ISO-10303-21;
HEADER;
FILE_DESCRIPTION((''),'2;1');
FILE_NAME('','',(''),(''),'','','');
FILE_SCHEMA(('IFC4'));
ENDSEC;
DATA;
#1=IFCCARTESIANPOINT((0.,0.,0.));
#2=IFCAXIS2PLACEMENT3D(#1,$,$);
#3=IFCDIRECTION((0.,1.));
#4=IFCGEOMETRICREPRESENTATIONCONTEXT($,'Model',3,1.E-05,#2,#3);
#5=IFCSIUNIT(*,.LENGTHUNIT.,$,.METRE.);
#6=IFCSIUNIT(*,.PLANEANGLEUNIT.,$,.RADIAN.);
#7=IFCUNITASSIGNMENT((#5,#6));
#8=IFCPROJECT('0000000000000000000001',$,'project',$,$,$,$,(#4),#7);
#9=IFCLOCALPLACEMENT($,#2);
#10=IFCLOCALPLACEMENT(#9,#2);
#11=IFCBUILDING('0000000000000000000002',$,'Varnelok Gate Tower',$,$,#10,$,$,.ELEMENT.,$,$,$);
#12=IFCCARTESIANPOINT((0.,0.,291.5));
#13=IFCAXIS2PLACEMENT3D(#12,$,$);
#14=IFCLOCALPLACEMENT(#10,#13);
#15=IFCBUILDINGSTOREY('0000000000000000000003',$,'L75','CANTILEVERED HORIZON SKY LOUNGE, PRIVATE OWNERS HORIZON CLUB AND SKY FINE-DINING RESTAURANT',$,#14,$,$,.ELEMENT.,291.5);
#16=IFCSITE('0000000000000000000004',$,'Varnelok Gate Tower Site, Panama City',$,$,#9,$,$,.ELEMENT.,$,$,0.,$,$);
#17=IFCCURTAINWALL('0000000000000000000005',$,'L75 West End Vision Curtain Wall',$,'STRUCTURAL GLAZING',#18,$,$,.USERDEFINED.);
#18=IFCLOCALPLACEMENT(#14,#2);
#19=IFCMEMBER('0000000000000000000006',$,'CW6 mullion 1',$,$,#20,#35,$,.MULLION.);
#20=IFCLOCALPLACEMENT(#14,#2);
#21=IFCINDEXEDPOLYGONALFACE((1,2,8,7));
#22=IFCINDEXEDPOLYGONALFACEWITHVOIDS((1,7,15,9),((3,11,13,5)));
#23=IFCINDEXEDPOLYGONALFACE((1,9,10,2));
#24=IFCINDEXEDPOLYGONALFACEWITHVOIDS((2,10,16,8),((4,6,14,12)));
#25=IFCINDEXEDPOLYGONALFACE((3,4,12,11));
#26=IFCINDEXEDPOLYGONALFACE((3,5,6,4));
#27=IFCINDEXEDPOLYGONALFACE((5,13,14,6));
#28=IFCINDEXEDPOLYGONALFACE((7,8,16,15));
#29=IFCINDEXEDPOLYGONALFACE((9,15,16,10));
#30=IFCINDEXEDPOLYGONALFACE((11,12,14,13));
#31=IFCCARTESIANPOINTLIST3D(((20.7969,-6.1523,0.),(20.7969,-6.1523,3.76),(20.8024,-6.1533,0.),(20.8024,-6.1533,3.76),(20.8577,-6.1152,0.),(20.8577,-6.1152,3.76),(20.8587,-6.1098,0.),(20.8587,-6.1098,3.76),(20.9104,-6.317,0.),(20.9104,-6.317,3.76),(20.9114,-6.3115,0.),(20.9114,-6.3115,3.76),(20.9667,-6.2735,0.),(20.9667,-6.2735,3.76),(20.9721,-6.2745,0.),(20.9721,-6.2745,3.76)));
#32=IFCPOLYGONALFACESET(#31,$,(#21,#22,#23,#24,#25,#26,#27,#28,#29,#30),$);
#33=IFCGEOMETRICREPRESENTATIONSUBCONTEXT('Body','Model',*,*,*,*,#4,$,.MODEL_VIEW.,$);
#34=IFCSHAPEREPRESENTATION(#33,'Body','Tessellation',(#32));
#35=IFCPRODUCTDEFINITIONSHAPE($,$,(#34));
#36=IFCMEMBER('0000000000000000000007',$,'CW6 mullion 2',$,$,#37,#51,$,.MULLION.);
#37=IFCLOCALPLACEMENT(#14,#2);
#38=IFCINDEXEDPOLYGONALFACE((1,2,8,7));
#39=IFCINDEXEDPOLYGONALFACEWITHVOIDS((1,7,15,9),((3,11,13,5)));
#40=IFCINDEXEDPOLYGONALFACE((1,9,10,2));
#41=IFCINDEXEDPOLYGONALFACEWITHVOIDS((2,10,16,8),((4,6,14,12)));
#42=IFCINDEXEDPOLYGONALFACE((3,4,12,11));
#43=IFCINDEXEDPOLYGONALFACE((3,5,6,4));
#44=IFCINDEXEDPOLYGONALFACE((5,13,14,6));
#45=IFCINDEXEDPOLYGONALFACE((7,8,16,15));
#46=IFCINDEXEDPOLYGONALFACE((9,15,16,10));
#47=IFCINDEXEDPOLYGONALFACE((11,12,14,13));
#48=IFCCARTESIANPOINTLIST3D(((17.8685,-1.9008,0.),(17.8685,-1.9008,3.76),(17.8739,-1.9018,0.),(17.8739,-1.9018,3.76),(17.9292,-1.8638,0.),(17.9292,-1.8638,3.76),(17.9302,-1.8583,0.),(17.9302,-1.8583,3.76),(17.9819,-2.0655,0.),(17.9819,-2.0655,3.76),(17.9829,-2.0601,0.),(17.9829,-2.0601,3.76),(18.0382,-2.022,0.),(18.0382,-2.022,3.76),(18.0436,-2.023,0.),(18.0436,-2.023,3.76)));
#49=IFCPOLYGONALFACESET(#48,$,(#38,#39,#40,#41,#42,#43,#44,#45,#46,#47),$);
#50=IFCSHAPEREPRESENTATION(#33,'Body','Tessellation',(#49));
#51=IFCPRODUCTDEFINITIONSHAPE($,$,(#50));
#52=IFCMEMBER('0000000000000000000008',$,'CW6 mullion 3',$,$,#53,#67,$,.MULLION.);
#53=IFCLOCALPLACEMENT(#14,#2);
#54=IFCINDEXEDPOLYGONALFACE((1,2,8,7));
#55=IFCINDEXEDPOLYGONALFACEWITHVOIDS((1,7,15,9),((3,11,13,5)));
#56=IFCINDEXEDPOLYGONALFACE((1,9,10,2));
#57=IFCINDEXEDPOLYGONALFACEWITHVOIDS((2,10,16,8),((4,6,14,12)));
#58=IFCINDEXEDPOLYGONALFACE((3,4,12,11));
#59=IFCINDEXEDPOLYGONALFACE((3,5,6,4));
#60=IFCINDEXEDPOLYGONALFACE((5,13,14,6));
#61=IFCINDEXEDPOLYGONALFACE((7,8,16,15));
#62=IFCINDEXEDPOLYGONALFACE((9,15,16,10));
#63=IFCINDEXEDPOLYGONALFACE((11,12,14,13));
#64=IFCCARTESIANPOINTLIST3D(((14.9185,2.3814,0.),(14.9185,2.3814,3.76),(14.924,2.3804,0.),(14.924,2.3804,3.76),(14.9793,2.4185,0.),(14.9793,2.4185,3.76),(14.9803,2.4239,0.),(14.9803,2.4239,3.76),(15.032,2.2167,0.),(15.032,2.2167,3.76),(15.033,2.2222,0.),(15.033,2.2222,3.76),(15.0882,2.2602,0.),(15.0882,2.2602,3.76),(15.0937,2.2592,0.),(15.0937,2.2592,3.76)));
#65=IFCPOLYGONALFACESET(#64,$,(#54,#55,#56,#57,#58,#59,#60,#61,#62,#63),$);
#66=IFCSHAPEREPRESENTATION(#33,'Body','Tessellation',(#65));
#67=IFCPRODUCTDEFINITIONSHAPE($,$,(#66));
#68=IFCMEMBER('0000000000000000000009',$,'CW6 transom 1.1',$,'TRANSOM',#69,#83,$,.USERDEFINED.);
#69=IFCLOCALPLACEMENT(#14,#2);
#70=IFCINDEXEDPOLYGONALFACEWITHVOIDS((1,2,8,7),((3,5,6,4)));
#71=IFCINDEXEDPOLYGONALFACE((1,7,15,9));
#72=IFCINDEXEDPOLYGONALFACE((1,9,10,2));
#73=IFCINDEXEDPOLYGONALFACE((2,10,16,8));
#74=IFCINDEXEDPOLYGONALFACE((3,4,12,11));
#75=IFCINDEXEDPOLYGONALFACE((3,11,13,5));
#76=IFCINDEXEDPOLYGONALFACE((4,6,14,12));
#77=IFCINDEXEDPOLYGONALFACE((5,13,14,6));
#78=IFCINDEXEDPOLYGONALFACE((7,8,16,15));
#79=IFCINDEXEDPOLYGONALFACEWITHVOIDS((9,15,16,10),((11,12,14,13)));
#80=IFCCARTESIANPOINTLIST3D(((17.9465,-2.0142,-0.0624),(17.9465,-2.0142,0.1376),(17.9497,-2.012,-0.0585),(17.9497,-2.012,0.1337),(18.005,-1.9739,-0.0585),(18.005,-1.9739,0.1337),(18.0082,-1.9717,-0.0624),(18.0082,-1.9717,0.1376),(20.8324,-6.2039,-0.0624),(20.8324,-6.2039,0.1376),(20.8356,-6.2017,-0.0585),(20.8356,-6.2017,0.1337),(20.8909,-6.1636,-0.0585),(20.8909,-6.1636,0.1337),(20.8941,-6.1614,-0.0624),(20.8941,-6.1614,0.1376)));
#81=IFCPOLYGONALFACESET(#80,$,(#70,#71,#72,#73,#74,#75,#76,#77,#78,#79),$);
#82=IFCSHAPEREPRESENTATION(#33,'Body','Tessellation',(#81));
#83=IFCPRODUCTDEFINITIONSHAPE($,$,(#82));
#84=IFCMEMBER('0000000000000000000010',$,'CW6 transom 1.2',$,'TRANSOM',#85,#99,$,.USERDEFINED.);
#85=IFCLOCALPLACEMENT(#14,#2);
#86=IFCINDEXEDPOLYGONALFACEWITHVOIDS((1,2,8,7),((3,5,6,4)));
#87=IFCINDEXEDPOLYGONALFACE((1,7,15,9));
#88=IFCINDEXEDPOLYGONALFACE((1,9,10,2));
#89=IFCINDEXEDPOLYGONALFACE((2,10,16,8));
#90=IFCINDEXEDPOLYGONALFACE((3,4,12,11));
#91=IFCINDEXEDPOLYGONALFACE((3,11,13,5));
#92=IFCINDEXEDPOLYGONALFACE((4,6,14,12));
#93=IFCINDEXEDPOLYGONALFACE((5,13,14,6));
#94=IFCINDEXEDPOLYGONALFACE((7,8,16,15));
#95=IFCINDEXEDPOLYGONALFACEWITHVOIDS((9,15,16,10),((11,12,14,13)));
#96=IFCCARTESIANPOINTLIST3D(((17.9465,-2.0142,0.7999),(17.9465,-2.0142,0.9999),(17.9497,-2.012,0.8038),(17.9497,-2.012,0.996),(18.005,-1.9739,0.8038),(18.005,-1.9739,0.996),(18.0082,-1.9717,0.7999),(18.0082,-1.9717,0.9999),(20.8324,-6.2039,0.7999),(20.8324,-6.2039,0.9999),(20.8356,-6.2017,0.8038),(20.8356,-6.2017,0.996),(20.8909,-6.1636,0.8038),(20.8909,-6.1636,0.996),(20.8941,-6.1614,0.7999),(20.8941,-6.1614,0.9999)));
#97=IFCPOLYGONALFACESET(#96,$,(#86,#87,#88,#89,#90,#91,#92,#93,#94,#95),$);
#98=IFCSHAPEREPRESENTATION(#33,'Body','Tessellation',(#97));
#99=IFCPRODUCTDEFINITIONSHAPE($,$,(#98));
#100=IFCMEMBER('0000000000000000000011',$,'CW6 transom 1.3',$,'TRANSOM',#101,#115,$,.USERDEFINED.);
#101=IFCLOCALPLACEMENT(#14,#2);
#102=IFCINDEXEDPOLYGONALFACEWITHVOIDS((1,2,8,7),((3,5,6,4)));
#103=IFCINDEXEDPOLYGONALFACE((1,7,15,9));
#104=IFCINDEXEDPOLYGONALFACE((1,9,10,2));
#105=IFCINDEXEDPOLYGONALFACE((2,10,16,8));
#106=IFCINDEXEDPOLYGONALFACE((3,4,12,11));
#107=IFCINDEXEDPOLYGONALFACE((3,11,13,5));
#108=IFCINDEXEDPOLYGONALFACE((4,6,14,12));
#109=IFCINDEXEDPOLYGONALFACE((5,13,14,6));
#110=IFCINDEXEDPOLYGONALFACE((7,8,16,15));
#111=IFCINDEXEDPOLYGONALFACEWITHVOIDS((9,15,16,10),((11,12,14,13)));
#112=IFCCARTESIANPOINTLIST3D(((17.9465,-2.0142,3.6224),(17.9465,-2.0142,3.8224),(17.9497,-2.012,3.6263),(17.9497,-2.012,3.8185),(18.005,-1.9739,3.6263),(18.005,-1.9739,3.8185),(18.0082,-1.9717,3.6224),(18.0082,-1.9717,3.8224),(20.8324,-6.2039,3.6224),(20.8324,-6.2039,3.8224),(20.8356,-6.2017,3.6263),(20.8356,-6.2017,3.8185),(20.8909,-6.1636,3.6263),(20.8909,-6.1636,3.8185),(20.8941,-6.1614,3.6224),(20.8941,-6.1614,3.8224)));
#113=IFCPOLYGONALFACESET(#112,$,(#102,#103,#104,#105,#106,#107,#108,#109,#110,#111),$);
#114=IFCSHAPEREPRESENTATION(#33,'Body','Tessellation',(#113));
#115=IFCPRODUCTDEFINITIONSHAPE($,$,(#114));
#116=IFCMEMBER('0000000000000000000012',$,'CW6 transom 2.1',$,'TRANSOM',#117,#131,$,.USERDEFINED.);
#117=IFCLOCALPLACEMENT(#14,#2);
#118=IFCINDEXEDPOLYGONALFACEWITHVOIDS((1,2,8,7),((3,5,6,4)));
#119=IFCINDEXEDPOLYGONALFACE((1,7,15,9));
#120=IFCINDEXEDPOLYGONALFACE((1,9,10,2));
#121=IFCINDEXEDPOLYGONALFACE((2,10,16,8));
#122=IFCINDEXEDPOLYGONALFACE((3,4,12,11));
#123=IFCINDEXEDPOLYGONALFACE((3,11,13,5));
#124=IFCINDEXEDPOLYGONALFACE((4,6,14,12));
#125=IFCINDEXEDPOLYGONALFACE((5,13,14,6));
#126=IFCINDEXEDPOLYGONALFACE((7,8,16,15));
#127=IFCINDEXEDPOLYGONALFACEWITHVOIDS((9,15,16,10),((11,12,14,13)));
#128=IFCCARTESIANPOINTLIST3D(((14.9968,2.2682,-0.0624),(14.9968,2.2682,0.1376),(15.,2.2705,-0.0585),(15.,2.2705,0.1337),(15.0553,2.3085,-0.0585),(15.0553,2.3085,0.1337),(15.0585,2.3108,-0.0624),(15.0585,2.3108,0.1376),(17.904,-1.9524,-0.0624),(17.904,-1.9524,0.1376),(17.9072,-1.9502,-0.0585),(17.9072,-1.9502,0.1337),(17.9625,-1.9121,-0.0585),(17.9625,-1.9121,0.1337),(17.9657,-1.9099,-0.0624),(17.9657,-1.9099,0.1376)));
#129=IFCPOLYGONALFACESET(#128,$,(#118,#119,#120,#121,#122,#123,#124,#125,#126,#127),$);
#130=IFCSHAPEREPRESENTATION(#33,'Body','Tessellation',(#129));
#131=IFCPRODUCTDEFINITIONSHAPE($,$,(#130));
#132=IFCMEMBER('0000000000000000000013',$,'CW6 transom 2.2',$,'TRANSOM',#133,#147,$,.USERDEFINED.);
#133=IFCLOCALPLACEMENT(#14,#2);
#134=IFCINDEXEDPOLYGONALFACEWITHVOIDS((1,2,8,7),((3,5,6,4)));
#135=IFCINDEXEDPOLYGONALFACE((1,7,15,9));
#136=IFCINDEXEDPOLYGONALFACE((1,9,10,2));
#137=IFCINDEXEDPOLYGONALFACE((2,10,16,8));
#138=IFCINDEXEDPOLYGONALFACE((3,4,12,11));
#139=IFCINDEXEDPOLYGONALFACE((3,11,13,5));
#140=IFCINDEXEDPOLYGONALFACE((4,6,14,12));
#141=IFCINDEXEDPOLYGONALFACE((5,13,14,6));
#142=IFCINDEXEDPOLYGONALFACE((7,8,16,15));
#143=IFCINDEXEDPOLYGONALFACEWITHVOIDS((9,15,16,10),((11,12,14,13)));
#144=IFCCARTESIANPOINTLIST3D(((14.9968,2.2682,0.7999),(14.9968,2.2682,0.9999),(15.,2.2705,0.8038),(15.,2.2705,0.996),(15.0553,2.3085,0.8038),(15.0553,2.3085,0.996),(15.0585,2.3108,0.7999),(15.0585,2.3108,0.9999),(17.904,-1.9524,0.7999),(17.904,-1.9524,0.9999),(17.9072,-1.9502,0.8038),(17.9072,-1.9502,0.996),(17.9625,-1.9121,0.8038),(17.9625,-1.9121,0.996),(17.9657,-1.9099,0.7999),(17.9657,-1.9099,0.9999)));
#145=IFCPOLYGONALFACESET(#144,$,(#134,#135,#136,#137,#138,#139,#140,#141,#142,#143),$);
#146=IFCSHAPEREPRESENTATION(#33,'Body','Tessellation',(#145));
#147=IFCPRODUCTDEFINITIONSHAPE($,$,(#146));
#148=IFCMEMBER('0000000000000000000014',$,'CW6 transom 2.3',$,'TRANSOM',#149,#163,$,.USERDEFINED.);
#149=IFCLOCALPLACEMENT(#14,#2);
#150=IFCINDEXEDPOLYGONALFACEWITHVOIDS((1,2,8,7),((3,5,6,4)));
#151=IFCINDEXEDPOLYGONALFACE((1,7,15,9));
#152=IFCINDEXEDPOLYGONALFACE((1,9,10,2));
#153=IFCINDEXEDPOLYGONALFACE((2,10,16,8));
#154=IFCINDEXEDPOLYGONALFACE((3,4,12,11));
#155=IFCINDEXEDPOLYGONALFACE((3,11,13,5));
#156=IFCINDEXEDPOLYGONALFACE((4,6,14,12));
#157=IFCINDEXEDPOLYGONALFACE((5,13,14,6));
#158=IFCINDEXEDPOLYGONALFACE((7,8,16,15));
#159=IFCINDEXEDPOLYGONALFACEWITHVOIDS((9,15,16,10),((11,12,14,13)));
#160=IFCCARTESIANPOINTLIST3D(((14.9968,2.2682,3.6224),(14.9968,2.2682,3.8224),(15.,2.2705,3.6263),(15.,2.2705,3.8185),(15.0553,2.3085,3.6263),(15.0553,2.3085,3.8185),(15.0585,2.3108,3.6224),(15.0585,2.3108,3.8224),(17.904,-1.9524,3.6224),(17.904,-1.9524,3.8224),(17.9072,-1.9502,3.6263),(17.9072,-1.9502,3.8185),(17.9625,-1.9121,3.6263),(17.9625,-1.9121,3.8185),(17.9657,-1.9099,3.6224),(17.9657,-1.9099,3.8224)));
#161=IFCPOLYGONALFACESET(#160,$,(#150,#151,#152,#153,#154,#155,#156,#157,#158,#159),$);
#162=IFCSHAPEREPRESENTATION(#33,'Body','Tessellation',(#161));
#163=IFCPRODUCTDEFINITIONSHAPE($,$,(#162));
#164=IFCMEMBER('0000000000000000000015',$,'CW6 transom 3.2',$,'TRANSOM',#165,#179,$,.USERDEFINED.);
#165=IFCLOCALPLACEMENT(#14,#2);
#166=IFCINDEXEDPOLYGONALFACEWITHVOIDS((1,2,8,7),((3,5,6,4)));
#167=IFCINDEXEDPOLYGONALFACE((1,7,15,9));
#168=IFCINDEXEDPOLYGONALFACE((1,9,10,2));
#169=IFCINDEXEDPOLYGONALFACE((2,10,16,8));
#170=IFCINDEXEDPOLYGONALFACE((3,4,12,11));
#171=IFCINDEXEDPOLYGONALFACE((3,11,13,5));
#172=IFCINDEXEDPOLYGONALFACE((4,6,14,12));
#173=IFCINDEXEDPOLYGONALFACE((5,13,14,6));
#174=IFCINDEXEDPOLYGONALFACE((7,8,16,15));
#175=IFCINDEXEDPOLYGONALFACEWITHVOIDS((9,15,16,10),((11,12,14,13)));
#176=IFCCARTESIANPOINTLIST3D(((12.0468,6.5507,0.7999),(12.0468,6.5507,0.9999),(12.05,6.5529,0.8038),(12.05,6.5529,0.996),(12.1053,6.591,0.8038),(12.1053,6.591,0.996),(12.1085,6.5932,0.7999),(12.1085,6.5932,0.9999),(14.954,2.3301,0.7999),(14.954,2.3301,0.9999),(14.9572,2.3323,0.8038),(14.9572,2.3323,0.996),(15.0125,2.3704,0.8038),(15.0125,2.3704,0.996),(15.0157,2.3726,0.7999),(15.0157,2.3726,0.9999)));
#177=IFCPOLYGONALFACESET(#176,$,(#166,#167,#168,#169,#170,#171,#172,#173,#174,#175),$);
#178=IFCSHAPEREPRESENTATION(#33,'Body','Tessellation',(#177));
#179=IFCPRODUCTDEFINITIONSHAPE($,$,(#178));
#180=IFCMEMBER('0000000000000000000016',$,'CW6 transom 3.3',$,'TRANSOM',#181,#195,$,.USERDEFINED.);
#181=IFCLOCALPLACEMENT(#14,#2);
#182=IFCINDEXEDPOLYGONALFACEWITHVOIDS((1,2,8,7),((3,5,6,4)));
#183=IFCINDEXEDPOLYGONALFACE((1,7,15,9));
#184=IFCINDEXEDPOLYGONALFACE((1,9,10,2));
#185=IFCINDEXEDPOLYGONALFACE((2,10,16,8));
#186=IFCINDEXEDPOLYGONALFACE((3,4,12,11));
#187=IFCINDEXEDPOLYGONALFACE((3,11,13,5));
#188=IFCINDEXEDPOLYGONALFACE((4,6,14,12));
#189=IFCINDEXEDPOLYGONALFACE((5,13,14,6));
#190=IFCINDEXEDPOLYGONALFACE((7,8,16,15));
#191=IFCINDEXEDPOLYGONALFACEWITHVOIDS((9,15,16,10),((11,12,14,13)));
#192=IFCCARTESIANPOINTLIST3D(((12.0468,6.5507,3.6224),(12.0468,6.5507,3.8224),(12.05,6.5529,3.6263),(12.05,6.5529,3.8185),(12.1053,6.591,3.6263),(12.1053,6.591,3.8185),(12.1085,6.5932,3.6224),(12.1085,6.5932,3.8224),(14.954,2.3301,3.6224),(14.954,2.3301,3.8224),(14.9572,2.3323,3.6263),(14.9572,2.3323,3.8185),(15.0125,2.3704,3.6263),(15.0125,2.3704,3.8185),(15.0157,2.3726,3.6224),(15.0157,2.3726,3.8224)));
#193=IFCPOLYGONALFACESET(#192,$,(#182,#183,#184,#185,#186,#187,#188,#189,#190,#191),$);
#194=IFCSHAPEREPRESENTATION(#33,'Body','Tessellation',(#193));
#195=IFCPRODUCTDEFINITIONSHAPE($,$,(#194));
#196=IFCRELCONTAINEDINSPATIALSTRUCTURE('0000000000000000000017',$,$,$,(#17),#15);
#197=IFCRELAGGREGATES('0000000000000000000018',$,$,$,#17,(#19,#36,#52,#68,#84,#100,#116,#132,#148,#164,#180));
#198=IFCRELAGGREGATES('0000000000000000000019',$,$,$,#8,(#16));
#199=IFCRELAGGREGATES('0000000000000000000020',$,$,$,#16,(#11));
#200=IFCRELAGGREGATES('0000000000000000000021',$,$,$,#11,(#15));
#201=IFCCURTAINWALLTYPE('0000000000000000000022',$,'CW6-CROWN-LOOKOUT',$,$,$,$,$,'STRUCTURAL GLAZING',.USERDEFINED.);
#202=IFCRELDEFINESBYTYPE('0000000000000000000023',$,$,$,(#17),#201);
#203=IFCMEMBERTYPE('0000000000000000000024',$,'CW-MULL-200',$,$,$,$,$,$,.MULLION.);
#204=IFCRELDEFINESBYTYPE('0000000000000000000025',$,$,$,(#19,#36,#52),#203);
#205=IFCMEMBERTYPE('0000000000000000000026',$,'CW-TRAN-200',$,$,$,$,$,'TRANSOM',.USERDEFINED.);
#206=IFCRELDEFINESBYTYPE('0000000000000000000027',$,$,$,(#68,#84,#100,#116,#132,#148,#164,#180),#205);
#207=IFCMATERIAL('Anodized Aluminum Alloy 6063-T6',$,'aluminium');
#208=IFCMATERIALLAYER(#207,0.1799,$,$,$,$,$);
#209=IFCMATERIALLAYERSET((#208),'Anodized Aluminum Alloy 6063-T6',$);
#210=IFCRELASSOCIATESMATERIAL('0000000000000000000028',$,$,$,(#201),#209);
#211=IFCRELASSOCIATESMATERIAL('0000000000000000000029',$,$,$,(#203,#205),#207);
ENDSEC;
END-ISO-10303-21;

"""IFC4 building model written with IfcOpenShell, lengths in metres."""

from ifc_helpers import new_model, si_unit, direction, frame, origin, origin_2d, place, context, subcontext, project, spatial, hollow_rectangle, extrude, material, layer, layer_set, material_profile, profile_set, type_object, element, aggregate, save


model = new_model("IFC4")

# Units and contexts
model_context = context("Model", 3, precision=1e-05, world=origin(), true_north=direction((0.0, 1.0)))
body_context = subcontext(model_context, "Body", "Model", "MODEL_VIEW")
ifc_project = project(units=[si_unit("LENGTHUNIT", "METRE"), si_unit("PLANEANGLEUNIT", "RADIAN")], contexts=[model_context])

# Site, building, storey
site_placement = place(None, origin())
site = spatial("IfcSite", under=ifc_project, at=site_placement, Name="Varnelok Gate Tower Site, Panama City", CompositionType="ELEMENT", RefElevation=0.0)
building_placement = place(site_placement, origin())
building = spatial("IfcBuilding", under=site, at=building_placement, Name="Varnelok Gate Tower", CompositionType="ELEMENT")
storey_placement = place(building_placement, frame((0.0, 0.0, 291.5)))
storey = spatial("IfcBuildingStorey", under=building, at=storey_placement, Name="L75", Description="CANTILEVERED HORIZON SKY LOUNGE, PRIVATE OWNERS HORIZON CLUB AND SKY FINE-DINING RESTAURANT", CompositionType="ELEMENT", Elevation=291.5)

# Curtain wall, members
ifc_material_1 = material(Name="Anodized Aluminum Alloy 6063-T6", Category="aluminium")
ifc_layer_1 = layer(ifc_material_1, 0.1799)
ifc_layer_set_1 = layer_set([ifc_layer_1], Name="Anodized Aluminum Alloy 6063-T6")
curtain_wall_type = type_object("IfcCurtainWallType", Name="CW6-CROWN-LOOKOUT", ElementType="STRUCTURAL GLAZING", PredefinedType="USERDEFINED", material=ifc_layer_set_1)
curtain_wall_placement = place(storey_placement, origin())
curtain_wall = element("IfcCurtainWall", 1, at=curtain_wall_placement, inside=storey, type_object=curtain_wall_type, Name="L75 West End Vision Curtain Wall", ObjectType="STRUCTURAL GLAZING", PredefinedType="USERDEFINED")
ifc_material_profile_1 = material_profile(ifc_material_1, hollow_rectangle(XDim=0.075, YDim=0.2, WallThickness=0.0039, at=origin_2d()), Name="ALU200X75X4")
ifc_profile_set_1 = profile_set([ifc_material_profile_1], Name="Anodized Aluminum Alloy 6063-T6")
member_type_1 = type_object("IfcMemberType", Name="CW-MULL-200", PredefinedType="MULLION", material=ifc_profile_set_1)
member_1_placement = place(storey_placement, frame((20.8845, -6.2134, 0.0), z_axis=(0.0, 0.0, 1.0), x_axis=(-0.823532, -0.567269, 0.0)))
member_1 = element("IfcMember", 2, at=member_1_placement, type_object=member_type_1, Name="CW6 mullion 1", PredefinedType="MULLION", context=body_context, shape_type="SweptSolid", body=[
    extrude(hollow_rectangle(XDim=0.075, YDim=0.2, WallThickness=0.0039, at=origin_2d()), origin(), (0.0, 0.0, 1.0), 3.76),
])
member_2_placement = place(storey_placement, frame((17.9561, -1.9619, 0.0), z_axis=(0.0, 0.0, 1.0), x_axis=(-0.823532, -0.567269, 0.0)))
member_2 = element("IfcMember", 3, at=member_2_placement, type_object=member_type_1, Name="CW6 mullion 2", PredefinedType="MULLION", context=body_context, shape_type="SweptSolid", body=[
    extrude(hollow_rectangle(XDim=0.075, YDim=0.2, WallThickness=0.0039, at=origin_2d()), origin(), (0.0, 0.0, 1.0), 3.76),
])
member_3_placement = place(storey_placement, frame((15.0061, 2.3203, 0.0), z_axis=(0.0, 0.0, 1.0), x_axis=(-0.823532, -0.567269, 0.0)))
member_3 = element("IfcMember", 4, at=member_3_placement, type_object=member_type_1, Name="CW6 mullion 3", PredefinedType="MULLION", context=body_context, shape_type="SweptSolid", body=[
    extrude(hollow_rectangle(XDim=0.075, YDim=0.2, WallThickness=0.0039, at=origin_2d()), origin(), (0.0, 0.0, 1.0), 3.76),
])
ifc_material_profile_2 = material_profile(ifc_material_1, hollow_rectangle(XDim=0.075, YDim=0.2, WallThickness=0.0039, at=origin_2d()), Name="ALU200X75X4")
ifc_profile_set_2 = profile_set([ifc_material_profile_2], Name="Anodized Aluminum Alloy 6063-T6")
member_type_2 = type_object("IfcMemberType", Name="CW-TRAN-200", ElementType="TRANSOM", PredefinedType="USERDEFINED", material=ifc_profile_set_2)
member_4_placement = place(storey_placement, frame((20.8633, -6.1826, 0.0376), z_axis=(-0.567272, 0.823531, 0.0), x_axis=(-0.823531, -0.567272, 0.0)))
member_4 = element("IfcMember", 5, at=member_4_placement, type_object=member_type_2, Name="CW6 transom 1.1", ObjectType="TRANSOM", PredefinedType="USERDEFINED", context=body_context, shape_type="SweptSolid", body=[
    extrude(hollow_rectangle(XDim=0.075, YDim=0.2, WallThickness=0.0039, at=origin_2d()), origin(), (0.0, 0.0, 1.0), 5.0874),
])
member_5_placement = place(storey_placement, frame((20.8633, -6.1826, 0.8999), z_axis=(-0.567272, 0.823531, 0.0), x_axis=(-0.823531, -0.567272, 0.0)))
member_5 = element("IfcMember", 6, at=member_5_placement, type_object=member_type_2, Name="CW6 transom 1.2", ObjectType="TRANSOM", PredefinedType="USERDEFINED", context=body_context, shape_type="SweptSolid", body=[
    extrude(hollow_rectangle(XDim=0.075, YDim=0.2, WallThickness=0.0039, at=origin_2d()), origin(), (0.0, 0.0, 1.0), 5.0874),
])
member_6_placement = place(storey_placement, frame((20.8633, -6.1826, 3.7224), z_axis=(-0.567272, 0.823531, 0.0), x_axis=(-0.823531, -0.567272, 0.0)))
member_6 = element("IfcMember", 7, at=member_6_placement, type_object=member_type_2, Name="CW6 transom 1.3", ObjectType="TRANSOM", PredefinedType="USERDEFINED", context=body_context, shape_type="SweptSolid", body=[
    extrude(hollow_rectangle(XDim=0.075, YDim=0.2, WallThickness=0.0039, at=origin_2d()), origin(), (0.0, 0.0, 1.0), 5.0874),
])
member_7_placement = place(storey_placement, frame((17.9348, -1.9312, 0.0376), z_axis=(-0.567256, 0.823541, 0.0), x_axis=(-0.823541, -0.567256, 0.0)))
member_7 = element("IfcMember", 8, at=member_7_placement, type_object=member_type_2, Name="CW6 transom 2.1", ObjectType="TRANSOM", PredefinedType="USERDEFINED", context=body_context, shape_type="SweptSolid", body=[
    extrude(hollow_rectangle(XDim=0.075, YDim=0.2, WallThickness=0.0039, at=origin_2d()), origin(), (0.0, 0.0, 1.0), 5.125),
])
member_8_placement = place(storey_placement, frame((17.9348, -1.9312, 0.8999), z_axis=(-0.567256, 0.823541, 0.0), x_axis=(-0.823541, -0.567256, 0.0)))
member_8 = element("IfcMember", 9, at=member_8_placement, type_object=member_type_2, Name="CW6 transom 2.2", ObjectType="TRANSOM", PredefinedType="USERDEFINED", context=body_context, shape_type="SweptSolid", body=[
    extrude(hollow_rectangle(XDim=0.075, YDim=0.2, WallThickness=0.0039, at=origin_2d()), origin(), (0.0, 0.0, 1.0), 5.125),
])
member_9_placement = place(storey_placement, frame((17.9348, -1.9312, 3.7224), z_axis=(-0.567256, 0.823541, 0.0), x_axis=(-0.823541, -0.567256, 0.0)))
member_9 = element("IfcMember", 10, at=member_9_placement, type_object=member_type_2, Name="CW6 transom 2.3", ObjectType="TRANSOM", PredefinedType="USERDEFINED", context=body_context, shape_type="SweptSolid", body=[
    extrude(hollow_rectangle(XDim=0.075, YDim=0.2, WallThickness=0.0039, at=origin_2d()), origin(), (0.0, 0.0, 1.0), 5.125),
])
member_10_placement = place(storey_placement, frame((14.9849, 2.3513, 0.8999), z_axis=(-0.567256, 0.823541, 0.0), x_axis=(-0.823541, -0.567256, 0.0)))
member_10 = element("IfcMember", 11, at=member_10_placement, type_object=member_type_2, Name="CW6 transom 3.2", ObjectType="TRANSOM", PredefinedType="USERDEFINED", context=body_context, shape_type="SweptSolid", body=[
    extrude(hollow_rectangle(XDim=0.075, YDim=0.2, WallThickness=0.0039, at=origin_2d()), origin(), (0.0, 0.0, 1.0), 5.125),
])
member_11_placement = place(storey_placement, frame((14.9849, 2.3513, 3.7224), z_axis=(-0.567256, 0.823541, 0.0), x_axis=(-0.823541, -0.567256, 0.0)))
member_11 = element("IfcMember", 12, at=member_11_placement, type_object=member_type_2, Name="CW6 transom 3.3", ObjectType="TRANSOM", PredefinedType="USERDEFINED", context=body_context, shape_type="SweptSolid", body=[
    extrude(hollow_rectangle(XDim=0.075, YDim=0.2, WallThickness=0.0039, at=origin_2d()), origin(), (0.0, 0.0, 1.0), 5.125),
])
aggregate(curtain_wall, [member_1, member_2, member_3, member_4, member_5, member_6, member_7, member_8, member_9, member_10, member_11])

save(model, "model.ifc")
